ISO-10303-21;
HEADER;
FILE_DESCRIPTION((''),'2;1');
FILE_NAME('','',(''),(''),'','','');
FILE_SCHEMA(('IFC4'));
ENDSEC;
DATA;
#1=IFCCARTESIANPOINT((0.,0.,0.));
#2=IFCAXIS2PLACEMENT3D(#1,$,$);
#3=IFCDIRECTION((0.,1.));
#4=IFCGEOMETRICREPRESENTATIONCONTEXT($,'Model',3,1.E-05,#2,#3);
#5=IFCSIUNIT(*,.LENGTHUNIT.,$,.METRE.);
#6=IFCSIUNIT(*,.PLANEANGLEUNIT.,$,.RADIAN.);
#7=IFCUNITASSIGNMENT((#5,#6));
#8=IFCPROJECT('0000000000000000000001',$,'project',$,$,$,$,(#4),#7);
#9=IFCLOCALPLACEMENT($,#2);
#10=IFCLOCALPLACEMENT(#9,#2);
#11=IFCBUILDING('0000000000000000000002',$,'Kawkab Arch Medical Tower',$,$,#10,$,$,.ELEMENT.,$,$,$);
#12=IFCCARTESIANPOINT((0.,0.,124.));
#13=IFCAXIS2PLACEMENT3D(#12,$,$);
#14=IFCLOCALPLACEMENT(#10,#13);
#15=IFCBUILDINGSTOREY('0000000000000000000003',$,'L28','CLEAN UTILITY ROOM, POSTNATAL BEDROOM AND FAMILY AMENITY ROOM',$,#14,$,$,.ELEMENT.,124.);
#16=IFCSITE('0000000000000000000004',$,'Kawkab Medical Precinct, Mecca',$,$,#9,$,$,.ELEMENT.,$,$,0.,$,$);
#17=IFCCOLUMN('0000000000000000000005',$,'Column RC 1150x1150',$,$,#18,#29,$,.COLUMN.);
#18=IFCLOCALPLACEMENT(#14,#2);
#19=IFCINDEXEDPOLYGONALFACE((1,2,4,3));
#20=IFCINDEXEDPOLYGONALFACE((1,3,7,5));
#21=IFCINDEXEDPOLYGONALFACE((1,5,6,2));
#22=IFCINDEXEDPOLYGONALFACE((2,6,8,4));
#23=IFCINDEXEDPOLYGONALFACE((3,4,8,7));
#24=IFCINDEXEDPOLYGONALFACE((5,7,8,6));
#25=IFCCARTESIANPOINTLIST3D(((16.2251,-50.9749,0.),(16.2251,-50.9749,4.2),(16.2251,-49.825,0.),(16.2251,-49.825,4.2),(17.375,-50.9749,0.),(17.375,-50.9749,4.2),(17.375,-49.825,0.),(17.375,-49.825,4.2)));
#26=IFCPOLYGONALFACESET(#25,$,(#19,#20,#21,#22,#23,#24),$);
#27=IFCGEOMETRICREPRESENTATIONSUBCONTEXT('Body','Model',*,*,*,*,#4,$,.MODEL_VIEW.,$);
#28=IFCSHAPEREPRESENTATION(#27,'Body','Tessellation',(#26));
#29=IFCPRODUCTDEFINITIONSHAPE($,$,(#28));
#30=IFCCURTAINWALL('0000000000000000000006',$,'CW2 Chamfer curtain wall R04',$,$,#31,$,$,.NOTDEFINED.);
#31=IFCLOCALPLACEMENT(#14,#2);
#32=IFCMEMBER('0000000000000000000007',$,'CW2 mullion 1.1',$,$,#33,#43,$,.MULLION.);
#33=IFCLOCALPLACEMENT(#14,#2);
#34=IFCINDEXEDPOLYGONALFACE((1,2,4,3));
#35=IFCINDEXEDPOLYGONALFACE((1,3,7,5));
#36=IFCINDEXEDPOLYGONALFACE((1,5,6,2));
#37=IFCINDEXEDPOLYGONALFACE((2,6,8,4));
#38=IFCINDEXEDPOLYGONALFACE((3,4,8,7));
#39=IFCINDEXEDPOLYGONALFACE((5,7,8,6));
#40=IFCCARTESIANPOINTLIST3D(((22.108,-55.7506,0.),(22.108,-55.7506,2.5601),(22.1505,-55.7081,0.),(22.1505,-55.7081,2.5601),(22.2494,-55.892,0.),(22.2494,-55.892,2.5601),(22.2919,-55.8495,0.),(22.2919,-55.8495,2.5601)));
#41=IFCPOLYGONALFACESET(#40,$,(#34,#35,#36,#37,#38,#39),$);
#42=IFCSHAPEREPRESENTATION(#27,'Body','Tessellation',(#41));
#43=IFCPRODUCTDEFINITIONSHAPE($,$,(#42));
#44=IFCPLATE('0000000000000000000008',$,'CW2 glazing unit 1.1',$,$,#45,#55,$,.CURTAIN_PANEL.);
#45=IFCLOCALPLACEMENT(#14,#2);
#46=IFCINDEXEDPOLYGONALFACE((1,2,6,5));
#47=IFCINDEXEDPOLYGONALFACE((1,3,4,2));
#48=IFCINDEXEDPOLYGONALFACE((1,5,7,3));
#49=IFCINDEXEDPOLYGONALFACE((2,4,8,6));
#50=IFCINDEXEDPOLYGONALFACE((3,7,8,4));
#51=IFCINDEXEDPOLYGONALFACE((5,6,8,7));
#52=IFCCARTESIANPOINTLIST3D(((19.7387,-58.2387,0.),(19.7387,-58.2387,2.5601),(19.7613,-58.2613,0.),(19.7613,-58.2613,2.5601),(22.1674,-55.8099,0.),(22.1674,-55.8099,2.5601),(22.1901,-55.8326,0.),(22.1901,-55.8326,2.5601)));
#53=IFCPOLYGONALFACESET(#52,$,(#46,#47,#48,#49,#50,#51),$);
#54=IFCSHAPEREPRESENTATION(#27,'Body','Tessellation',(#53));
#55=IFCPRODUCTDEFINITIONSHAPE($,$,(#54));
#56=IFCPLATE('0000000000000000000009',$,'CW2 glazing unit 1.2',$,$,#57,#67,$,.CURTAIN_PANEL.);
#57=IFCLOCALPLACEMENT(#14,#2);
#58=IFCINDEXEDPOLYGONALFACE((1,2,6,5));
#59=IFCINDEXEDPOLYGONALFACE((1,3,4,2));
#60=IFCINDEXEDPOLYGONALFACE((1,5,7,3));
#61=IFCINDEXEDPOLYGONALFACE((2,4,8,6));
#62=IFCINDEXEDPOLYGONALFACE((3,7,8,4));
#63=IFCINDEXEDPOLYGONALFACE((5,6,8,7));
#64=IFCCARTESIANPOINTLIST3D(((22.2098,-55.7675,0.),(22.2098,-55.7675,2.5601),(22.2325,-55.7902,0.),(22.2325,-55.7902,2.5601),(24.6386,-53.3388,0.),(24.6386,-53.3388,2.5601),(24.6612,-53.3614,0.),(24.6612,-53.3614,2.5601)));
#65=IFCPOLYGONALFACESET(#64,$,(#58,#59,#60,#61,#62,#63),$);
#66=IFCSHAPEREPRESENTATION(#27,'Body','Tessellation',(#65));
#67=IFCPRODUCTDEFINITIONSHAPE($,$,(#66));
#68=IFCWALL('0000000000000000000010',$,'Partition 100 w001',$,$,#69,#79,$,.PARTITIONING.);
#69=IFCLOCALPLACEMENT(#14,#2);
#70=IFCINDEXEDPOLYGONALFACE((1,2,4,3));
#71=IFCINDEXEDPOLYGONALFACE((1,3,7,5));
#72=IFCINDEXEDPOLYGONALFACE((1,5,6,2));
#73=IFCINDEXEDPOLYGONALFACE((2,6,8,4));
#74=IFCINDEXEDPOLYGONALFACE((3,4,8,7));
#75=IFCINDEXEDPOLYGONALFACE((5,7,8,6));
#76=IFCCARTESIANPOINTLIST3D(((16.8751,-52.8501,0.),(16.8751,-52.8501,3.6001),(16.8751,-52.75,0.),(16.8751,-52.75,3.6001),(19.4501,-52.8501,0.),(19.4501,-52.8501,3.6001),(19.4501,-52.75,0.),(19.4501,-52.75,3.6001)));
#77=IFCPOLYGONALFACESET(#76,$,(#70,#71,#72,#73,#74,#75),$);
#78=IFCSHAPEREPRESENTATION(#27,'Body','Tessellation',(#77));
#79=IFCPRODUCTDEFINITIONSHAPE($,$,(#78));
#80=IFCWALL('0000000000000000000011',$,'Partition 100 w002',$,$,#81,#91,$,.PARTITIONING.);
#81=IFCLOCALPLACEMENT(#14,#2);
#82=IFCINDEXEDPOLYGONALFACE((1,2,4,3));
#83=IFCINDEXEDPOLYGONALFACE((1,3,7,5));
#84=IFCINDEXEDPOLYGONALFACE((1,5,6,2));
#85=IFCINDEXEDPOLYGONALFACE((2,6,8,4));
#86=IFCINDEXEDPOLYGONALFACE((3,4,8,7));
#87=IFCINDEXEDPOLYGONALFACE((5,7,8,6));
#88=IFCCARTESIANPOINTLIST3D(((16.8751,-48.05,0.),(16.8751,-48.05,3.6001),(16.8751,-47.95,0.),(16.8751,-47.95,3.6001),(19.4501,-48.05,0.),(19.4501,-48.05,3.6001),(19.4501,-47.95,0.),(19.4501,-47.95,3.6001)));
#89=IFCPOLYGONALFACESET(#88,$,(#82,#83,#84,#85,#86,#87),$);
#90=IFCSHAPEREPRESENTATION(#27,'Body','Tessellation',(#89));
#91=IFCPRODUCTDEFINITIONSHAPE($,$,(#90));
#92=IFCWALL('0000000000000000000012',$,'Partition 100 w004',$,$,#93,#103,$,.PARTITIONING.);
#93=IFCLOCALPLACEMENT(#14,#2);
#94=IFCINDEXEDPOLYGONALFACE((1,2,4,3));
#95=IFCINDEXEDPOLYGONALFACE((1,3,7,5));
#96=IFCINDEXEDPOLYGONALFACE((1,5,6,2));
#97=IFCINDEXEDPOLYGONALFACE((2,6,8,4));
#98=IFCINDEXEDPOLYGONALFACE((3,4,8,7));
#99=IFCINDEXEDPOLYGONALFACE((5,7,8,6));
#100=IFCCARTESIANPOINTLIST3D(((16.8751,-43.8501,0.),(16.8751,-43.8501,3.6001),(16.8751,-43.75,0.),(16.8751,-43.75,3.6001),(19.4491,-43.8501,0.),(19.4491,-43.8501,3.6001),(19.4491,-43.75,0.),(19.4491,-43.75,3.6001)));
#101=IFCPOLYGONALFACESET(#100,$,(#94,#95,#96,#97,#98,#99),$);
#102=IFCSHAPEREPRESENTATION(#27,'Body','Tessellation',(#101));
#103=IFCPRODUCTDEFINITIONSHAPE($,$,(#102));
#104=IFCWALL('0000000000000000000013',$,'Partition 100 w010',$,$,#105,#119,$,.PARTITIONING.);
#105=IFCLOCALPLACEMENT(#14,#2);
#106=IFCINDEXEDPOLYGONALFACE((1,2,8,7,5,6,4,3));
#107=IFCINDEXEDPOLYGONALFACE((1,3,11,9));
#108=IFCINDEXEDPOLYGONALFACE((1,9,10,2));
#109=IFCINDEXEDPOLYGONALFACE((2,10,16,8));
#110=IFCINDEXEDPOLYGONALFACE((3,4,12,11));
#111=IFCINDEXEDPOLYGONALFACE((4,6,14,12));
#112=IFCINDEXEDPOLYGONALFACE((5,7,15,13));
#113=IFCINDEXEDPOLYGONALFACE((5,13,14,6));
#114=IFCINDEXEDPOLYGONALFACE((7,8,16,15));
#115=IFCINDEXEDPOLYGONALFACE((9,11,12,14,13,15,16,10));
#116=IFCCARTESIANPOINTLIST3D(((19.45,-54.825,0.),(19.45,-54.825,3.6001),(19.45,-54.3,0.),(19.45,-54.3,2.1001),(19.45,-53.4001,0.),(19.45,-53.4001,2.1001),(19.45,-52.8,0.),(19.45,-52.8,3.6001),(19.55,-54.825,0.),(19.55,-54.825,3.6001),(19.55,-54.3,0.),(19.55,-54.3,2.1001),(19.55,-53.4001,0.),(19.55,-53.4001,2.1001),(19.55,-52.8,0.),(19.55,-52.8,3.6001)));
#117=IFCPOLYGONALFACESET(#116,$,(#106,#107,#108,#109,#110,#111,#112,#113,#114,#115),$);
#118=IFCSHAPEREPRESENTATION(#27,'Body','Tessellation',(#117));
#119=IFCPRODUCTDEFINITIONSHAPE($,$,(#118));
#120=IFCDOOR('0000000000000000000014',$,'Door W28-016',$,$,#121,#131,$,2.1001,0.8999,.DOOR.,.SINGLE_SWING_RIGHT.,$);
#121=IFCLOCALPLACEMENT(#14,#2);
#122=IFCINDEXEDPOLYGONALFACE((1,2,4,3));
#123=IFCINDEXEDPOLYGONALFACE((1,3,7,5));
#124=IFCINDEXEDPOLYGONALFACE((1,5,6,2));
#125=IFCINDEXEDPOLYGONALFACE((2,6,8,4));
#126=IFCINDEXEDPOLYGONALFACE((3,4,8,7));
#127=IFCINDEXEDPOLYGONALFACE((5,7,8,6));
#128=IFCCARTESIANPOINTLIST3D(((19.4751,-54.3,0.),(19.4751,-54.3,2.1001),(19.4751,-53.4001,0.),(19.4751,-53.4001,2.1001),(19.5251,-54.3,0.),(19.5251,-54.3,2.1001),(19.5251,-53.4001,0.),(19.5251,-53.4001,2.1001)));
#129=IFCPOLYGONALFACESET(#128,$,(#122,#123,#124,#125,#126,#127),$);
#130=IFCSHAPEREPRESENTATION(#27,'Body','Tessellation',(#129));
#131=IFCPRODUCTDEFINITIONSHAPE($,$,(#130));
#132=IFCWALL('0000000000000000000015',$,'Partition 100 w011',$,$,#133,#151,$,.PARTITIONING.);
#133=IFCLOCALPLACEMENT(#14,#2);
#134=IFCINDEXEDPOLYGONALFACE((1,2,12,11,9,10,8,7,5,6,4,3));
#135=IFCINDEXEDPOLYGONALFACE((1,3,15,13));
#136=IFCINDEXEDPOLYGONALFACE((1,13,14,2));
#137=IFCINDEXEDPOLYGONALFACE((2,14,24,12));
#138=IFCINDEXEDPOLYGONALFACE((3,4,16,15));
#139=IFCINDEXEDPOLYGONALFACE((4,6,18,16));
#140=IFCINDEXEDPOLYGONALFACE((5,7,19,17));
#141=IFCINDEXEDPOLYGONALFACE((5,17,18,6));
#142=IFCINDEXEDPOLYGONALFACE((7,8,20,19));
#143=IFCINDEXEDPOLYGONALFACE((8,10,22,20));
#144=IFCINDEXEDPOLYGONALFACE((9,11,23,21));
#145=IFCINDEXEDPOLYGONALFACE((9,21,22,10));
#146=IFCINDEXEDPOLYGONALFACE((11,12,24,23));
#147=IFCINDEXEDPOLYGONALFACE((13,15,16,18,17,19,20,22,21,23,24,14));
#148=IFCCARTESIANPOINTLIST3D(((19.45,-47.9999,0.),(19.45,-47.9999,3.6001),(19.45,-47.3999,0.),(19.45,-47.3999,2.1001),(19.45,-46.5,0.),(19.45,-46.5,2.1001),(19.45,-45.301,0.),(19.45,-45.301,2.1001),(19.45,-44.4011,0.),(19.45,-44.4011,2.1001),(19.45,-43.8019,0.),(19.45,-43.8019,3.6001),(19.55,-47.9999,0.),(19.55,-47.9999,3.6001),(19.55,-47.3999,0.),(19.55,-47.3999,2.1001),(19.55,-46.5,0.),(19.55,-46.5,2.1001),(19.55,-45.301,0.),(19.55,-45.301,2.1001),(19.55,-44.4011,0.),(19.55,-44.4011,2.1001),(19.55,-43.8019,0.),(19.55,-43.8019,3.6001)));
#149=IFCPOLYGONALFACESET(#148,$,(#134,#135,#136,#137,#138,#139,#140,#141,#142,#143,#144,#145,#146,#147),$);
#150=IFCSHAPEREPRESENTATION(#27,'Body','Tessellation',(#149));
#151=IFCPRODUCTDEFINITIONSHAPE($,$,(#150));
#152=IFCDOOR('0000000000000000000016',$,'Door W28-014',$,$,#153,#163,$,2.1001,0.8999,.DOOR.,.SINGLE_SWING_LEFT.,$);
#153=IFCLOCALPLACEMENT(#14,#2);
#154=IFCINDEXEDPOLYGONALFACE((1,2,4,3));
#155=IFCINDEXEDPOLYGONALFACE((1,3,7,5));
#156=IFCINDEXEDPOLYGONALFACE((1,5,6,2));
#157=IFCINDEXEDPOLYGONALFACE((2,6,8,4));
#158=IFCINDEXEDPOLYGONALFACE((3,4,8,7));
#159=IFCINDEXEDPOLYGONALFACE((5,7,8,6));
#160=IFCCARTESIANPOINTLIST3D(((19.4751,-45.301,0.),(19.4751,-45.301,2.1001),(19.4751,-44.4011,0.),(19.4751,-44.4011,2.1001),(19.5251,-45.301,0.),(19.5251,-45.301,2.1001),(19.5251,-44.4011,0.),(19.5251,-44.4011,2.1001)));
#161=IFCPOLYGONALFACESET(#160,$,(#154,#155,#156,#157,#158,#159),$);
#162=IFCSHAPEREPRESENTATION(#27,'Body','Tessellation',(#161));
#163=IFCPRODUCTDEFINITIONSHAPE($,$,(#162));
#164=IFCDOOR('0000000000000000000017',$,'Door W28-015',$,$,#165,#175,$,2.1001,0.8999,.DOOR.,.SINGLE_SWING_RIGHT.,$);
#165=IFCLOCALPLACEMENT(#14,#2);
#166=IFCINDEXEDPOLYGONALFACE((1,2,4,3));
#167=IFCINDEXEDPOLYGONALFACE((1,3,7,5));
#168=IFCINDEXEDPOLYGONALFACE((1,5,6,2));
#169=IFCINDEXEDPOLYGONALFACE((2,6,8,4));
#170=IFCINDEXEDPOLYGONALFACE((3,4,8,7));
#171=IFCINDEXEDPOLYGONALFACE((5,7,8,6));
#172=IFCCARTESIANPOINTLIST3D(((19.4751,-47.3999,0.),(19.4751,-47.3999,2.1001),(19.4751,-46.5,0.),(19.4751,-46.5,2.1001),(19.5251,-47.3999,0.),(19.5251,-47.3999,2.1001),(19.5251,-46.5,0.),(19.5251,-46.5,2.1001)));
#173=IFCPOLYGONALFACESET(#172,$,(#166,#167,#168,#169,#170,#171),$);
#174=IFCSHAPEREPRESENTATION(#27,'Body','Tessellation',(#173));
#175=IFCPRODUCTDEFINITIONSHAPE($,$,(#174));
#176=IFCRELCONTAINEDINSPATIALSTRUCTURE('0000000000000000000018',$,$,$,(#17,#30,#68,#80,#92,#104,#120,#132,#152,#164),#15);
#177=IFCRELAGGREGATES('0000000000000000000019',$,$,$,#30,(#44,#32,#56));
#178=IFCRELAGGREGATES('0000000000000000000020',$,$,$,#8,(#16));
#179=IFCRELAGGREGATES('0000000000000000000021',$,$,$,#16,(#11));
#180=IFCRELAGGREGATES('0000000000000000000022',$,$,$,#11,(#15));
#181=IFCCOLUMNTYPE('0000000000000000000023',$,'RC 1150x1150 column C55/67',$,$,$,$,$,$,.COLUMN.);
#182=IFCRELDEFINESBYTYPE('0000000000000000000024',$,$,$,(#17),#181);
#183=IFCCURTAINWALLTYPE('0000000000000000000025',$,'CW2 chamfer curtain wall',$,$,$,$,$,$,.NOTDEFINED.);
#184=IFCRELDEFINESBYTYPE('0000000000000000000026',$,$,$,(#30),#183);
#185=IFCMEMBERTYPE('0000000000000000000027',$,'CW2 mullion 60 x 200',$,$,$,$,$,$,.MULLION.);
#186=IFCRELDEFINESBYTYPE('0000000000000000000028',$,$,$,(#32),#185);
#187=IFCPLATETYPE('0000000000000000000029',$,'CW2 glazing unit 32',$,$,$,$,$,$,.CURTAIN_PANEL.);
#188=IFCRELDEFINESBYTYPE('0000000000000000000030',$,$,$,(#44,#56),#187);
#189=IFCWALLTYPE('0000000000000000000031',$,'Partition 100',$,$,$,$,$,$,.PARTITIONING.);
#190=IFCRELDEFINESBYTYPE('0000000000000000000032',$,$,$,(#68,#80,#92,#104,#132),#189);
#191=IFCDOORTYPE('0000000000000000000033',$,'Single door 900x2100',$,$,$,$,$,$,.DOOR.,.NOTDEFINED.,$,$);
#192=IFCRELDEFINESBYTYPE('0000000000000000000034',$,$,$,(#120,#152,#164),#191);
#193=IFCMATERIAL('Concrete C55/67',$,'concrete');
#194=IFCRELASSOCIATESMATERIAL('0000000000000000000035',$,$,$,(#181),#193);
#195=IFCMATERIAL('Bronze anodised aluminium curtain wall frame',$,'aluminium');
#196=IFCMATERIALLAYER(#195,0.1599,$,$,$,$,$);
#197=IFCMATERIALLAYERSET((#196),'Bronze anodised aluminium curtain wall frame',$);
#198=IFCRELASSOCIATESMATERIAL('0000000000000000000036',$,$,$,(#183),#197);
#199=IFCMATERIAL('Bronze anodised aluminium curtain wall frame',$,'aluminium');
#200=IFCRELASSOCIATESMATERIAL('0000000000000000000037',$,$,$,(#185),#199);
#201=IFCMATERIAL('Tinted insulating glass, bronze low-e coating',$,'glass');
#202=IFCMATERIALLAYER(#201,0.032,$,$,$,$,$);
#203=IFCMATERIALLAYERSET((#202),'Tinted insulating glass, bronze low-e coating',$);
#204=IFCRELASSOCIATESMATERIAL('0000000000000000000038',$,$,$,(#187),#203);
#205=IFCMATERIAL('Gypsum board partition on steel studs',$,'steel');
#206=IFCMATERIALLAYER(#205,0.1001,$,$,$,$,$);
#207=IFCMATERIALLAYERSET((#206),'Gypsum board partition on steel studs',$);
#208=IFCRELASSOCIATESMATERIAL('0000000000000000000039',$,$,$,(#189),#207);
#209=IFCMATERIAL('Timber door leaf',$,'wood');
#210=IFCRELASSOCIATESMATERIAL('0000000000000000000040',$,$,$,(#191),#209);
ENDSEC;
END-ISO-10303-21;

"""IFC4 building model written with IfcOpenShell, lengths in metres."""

from ifc_helpers import new_model, si_unit, direction, frame, frame_2d, origin, origin_2d, place, context, subcontext, project, spatial, rectangle, extrude, material, layer, layer_set, material_profile, profile_set, type_object, element, fill, aggregate, save


model = new_model("IFC4")

# Units and contexts
model_context = context("Model", 3, precision=1e-05, world=origin(), true_north=direction((0.0, 1.0)))
body_context = subcontext(model_context, "Body", "Model", "MODEL_VIEW")
ifc_project = project(units=[si_unit("LENGTHUNIT", "METRE"), si_unit("PLANEANGLEUNIT", "RADIAN")], contexts=[model_context])

# Site, building, storey
site_placement = place(None, origin())
site = spatial("IfcSite", under=ifc_project, at=site_placement, Name="Kawkab Medical Precinct, Mecca", CompositionType="ELEMENT", RefElevation=0.0)
building_placement = place(site_placement, origin())
building = spatial("IfcBuilding", under=site, at=building_placement, Name="Kawkab Arch Medical Tower", CompositionType="ELEMENT")
storey_placement = place(building_placement, frame((0.0, 0.0, 124.0)))
storey = spatial("IfcBuildingStorey", under=building, at=storey_placement, Name="L28", Description="CLEAN UTILITY ROOM, POSTNATAL BEDROOM AND FAMILY AMENITY ROOM", CompositionType="ELEMENT", Elevation=124.0)

# Column
ifc_material_1 = material(Name="Concrete C55/67", Category="concrete")
ifc_material_profile_1 = material_profile(ifc_material_1, rectangle(XDim=1.1499, YDim=1.1499, at=origin_2d()), Name="RC 1150x1150")
ifc_profile_set_1 = profile_set([ifc_material_profile_1], Name="Concrete C55/67")
column_type = type_object("IfcColumnType", Name="RC 1150x1150 column C55/67", PredefinedType="COLUMN", material=ifc_profile_set_1)
column_placement = place(storey_placement, frame((16.8, -50.3999, 0.0), z_axis=(0.0, 0.0, 1.0), x_axis=(1.0, 0.0, 0.0)))
element("IfcColumn", 1, at=column_placement, inside=storey, type_object=column_type, Name="Column RC 1150x1150", PredefinedType="COLUMN", context=body_context, shape_type="SweptSolid", body=[
    extrude(rectangle(XDim=1.1499, YDim=1.1499, at=origin_2d()), origin(), (0.0, 0.0, 1.0), 4.2),
])

# Curtain wall, member, plates
ifc_material_2 = material(Name="Bronze anodised aluminium curtain wall frame", Category="aluminium")
ifc_layer_1 = layer(ifc_material_2, 0.1599)
ifc_layer_set_1 = layer_set([ifc_layer_1], Name="Bronze anodised aluminium curtain wall frame")
curtain_wall_type = type_object("IfcCurtainWallType", Name="CW2 chamfer curtain wall", PredefinedType="NOTDEFINED", material=ifc_layer_set_1)
curtain_wall_placement = place(storey_placement, origin())
curtain_wall = element("IfcCurtainWall", 2, at=curtain_wall_placement, inside=storey, type_object=curtain_wall_type, Name="CW2 Chamfer curtain wall R04", PredefinedType="NOTDEFINED")
ifc_material_3 = material(Name="Bronze anodised aluminium curtain wall frame", Category="aluminium")
ifc_material_profile_2 = material_profile(ifc_material_3, rectangle(XDim=0.2, YDim=0.0601, at=origin_2d()), Name="AL 60x200")
ifc_profile_set_2 = profile_set([ifc_material_profile_2], Name="Bronze anodised aluminium curtain wall frame")
member_type = type_object("IfcMemberType", Name="CW2 mullion 60 x 200", PredefinedType="MULLION", material=ifc_profile_set_2)
member_placement = place(storey_placement, frame((22.2, -55.8, 0.0), z_axis=(0.0, 0.0, 1.0), x_axis=(-0.707107, 0.707107, 0.0)))
member = element("IfcMember", 3, at=member_placement, type_object=member_type, Name="CW2 mullion 1.1", PredefinedType="MULLION", context=body_context, shape_type="SweptSolid", body=[
    extrude(rectangle(XDim=0.2, YDim=0.0601, at=origin_2d()), origin(), (0.0, 0.0, 1.0), 2.5601),
])
ifc_material_4 = material(Name="Tinted insulating glass, bronze low-e coating", Category="glass")
ifc_layer_2 = layer(ifc_material_4, 0.032)
ifc_layer_set_2 = layer_set([ifc_layer_2], Name="Tinted insulating glass, bronze low-e coating")
plate_type = type_object("IfcPlateType", Name="CW2 glazing unit 32", PredefinedType="CURTAIN_PANEL", material=ifc_layer_set_2)
plate_1_placement = place(storey_placement, frame((20.9644, -57.0356, 0.0), z_axis=(0.0, 0.0, 1.0), x_axis=(0.707107, 0.707107, 0.0)))
plate_1 = element("IfcPlate", 4, at=plate_1_placement, type_object=plate_type, Name="CW2 glazing unit 1.1", PredefinedType="CURTAIN_PANEL", context=body_context, shape_type="SweptSolid", body=[
    extrude(rectangle(XDim=3.4348, YDim=0.032, at=origin_2d()), origin(), (0.0, 0.0, 1.0), 2.5601),
])
plate_2_placement = place(storey_placement, frame((23.4355, -54.5645, 0.0), z_axis=(0.0, 0.0, 1.0), x_axis=(0.707107, 0.707107, 0.0)))
plate_2 = element("IfcPlate", 5, at=plate_2_placement, type_object=plate_type, Name="CW2 glazing unit 1.2", PredefinedType="CURTAIN_PANEL", context=body_context, shape_type="SweptSolid", body=[
    extrude(rectangle(XDim=3.4348, YDim=0.032, at=origin_2d()), origin(), (0.0, 0.0, 1.0), 2.5601),
])
aggregate(curtain_wall, [plate_1, member, plate_2])

# Walls
ifc_material_5 = material(Name="Gypsum board partition on steel studs", Category="steel")
ifc_layer_3 = layer(ifc_material_5, 0.1001)
ifc_layer_set_3 = layer_set([ifc_layer_3], Name="Gypsum board partition on steel studs")
wall_type_1 = type_object("IfcWallType", Name="Partition 100", PredefinedType="PARTITIONING", material=ifc_layer_set_3)
for number, where, z_axis, x_axis, name in (
    (6, (16.875, -52.8, 0.0), (0.0, 0.0, 1.0), (1.0, 0.0, 0.0), "Partition 100 w001"),
    (7, (16.875, -48.0, 0.0), (0.0, 0.0, 1.0), (1.0, 0.0, 0.0), "Partition 100 w002"),
):
    element("IfcWall", number, at=place(storey_placement, frame(where, z_axis=z_axis, x_axis=x_axis)), inside=storey, type_object=wall_type_1, Name=name, PredefinedType="PARTITIONING", context=body_context, shape_type="SweptSolid", body=[
        extrude(rectangle(XDim=2.575, YDim=0.1001, at=frame_2d((1.2876, 0.0))), origin(), (0.0, 0.0, 1.0), 3.6001),
    ])
wall_1_placement = place(storey_placement, frame((16.875, -43.8, 0.0), z_axis=(0.0, 0.0, 1.0), x_axis=(1.0, 0.0, 0.0)))
element("IfcWall", 8, at=wall_1_placement, inside=storey, type_object=wall_type_1, Name="Partition 100 w004", PredefinedType="PARTITIONING", context=body_context, shape_type="SweptSolid", body=[
    extrude(rectangle(XDim=2.574, YDim=0.1001, at=frame_2d((1.2871, 0.0))), origin(), (0.0, 0.0, 1.0), 3.6001),
])

# Wall, opening, door
wall_2_placement = place(storey_placement, frame((19.5, -54.825, 0.0), z_axis=(0.0, 0.0, 1.0), x_axis=(0.0, 1.0, 0.0)))
wall_2 = element("IfcWall", 9, at=wall_2_placement, inside=storey, type_object=wall_type_1, Name="Partition 100 w010", PredefinedType="PARTITIONING", context=body_context, shape_type="SweptSolid", body=[
    extrude(rectangle(XDim=2.0249, YDim=0.1001, at=frame_2d((1.0125, 0.0))), origin(), (0.0, 0.0, 1.0), 3.6001),
])
opening_1_placement = place(wall_2_placement, frame((0.5249, 0.0, 0.0)))
opening_1 = element("IfcOpeningElement", 10, at=opening_1_placement, cuts=wall_2, PredefinedType="OPENING", context=body_context, shape_type="SweptSolid", body=[
    extrude(rectangle(XDim=0.8999, YDim=2.1001, at=frame_2d((0.45, 1.05))), frame((0.0, 0.0601, 0.0), z_axis=(0.0, -1.0, 0.0), x_axis=(1.0, 0.0, 0.0)), (0.0, 0.0, 1.0), 0.1201),
])
ifc_material_6 = material(Name="Timber door leaf", Category="wood")
door_type_1 = type_object("IfcDoorType", Name="Single door 900x2100", OperationType="NOTDEFINED", PredefinedType="DOOR", material=ifc_material_6)
door_1_placement = place(opening_1_placement, origin())
door_1 = element("IfcDoor", 11, at=door_1_placement, inside=storey, type_object=door_type_1, Name="Door W28-016", OperationType="SINGLE_SWING_RIGHT", OverallHeight=2.1001, OverallWidth=0.8999, PredefinedType="DOOR", context=body_context, shape_type="SweptSolid", body=[
    extrude(rectangle(XDim=0.8999, YDim=2.1001, at=frame_2d((0.45, 1.05))), frame((0.0, 0.0249, 0.0), z_axis=(0.0, -1.0, 0.0), x_axis=(1.0, 0.0, 0.0)), (0.0, 0.0, 1.0), 0.05),
])
fill(opening_1, door_1)

# Wall, openings, doors
wall_3_placement = place(storey_placement, frame((19.5, -48.0, 0.0), z_axis=(0.0, 0.0, 1.0), x_axis=(0.0, 1.0, 0.0)))
wall_3 = element("IfcWall", 12, at=wall_3_placement, inside=storey, type_object=wall_type_1, Name="Partition 100 w011", PredefinedType="PARTITIONING", context=body_context, shape_type="SweptSolid", body=[
    extrude(rectangle(XDim=4.198, YDim=0.1001, at=frame_2d((2.0991, 0.0))), origin(), (0.0, 0.0, 1.0), 3.6001),
])
opening_2_placement = place(wall_3_placement, frame((2.699, 0.0, 0.0)))
opening_2 = element("IfcOpeningElement", 13, at=opening_2_placement, cuts=wall_3, PredefinedType="OPENING", context=body_context, shape_type="SweptSolid", body=[
    extrude(rectangle(XDim=0.8999, YDim=2.1001, at=frame_2d((0.45, 1.05))), frame((0.0, 0.0601, 0.0), z_axis=(0.0, -1.0, 0.0), x_axis=(1.0, 0.0, 0.0)), (0.0, 0.0, 1.0), 0.1201),
])
opening_3_placement = place(wall_3_placement, frame((0.6001, 0.0, 0.0)))
opening_3 = element("IfcOpeningElement", 14, at=opening_3_placement, cuts=wall_3, PredefinedType="OPENING", context=body_context, shape_type="SweptSolid", body=[
    extrude(rectangle(XDim=0.8999, YDim=2.1001, at=frame_2d((0.45, 1.05))), frame((0.0, 0.0601, 0.0), z_axis=(0.0, -1.0, 0.0), x_axis=(1.0, 0.0, 0.0)), (0.0, 0.0, 1.0), 0.1201),
])
door_2_placement = place(opening_2_placement, origin())
door_2 = element("IfcDoor", 15, at=door_2_placement, inside=storey, type_object=door_type_1, Name="Door W28-014", OperationType="SINGLE_SWING_LEFT", OverallHeight=2.1001, OverallWidth=0.8999, PredefinedType="DOOR", context=body_context, shape_type="SweptSolid", body=[
    extrude(rectangle(XDim=0.8999, YDim=2.1001, at=frame_2d((0.45, 1.05))), frame((0.0, 0.0249, 0.0), z_axis=(0.0, -1.0, 0.0), x_axis=(1.0, 0.0, 0.0)), (0.0, 0.0, 1.0), 0.05),
])
fill(opening_2, door_2)
door_3_placement = place(opening_3_placement, origin())
door_3 = element("IfcDoor", 16, at=door_3_placement, inside=storey, type_object=door_type_1, Name="Door W28-015", OperationType="SINGLE_SWING_RIGHT", OverallHeight=2.1001, OverallWidth=0.8999, PredefinedType="DOOR", context=body_context, shape_type="SweptSolid", body=[
    extrude(rectangle(XDim=0.8999, YDim=2.1001, at=frame_2d((0.45, 1.05))), frame((0.0, 0.0249, 0.0), z_axis=(0.0, -1.0, 0.0), x_axis=(1.0, 0.0, 0.0)), (0.0, 0.0, 1.0), 0.05),
])
fill(opening_3, door_3)

save(model, "model.ifc")
